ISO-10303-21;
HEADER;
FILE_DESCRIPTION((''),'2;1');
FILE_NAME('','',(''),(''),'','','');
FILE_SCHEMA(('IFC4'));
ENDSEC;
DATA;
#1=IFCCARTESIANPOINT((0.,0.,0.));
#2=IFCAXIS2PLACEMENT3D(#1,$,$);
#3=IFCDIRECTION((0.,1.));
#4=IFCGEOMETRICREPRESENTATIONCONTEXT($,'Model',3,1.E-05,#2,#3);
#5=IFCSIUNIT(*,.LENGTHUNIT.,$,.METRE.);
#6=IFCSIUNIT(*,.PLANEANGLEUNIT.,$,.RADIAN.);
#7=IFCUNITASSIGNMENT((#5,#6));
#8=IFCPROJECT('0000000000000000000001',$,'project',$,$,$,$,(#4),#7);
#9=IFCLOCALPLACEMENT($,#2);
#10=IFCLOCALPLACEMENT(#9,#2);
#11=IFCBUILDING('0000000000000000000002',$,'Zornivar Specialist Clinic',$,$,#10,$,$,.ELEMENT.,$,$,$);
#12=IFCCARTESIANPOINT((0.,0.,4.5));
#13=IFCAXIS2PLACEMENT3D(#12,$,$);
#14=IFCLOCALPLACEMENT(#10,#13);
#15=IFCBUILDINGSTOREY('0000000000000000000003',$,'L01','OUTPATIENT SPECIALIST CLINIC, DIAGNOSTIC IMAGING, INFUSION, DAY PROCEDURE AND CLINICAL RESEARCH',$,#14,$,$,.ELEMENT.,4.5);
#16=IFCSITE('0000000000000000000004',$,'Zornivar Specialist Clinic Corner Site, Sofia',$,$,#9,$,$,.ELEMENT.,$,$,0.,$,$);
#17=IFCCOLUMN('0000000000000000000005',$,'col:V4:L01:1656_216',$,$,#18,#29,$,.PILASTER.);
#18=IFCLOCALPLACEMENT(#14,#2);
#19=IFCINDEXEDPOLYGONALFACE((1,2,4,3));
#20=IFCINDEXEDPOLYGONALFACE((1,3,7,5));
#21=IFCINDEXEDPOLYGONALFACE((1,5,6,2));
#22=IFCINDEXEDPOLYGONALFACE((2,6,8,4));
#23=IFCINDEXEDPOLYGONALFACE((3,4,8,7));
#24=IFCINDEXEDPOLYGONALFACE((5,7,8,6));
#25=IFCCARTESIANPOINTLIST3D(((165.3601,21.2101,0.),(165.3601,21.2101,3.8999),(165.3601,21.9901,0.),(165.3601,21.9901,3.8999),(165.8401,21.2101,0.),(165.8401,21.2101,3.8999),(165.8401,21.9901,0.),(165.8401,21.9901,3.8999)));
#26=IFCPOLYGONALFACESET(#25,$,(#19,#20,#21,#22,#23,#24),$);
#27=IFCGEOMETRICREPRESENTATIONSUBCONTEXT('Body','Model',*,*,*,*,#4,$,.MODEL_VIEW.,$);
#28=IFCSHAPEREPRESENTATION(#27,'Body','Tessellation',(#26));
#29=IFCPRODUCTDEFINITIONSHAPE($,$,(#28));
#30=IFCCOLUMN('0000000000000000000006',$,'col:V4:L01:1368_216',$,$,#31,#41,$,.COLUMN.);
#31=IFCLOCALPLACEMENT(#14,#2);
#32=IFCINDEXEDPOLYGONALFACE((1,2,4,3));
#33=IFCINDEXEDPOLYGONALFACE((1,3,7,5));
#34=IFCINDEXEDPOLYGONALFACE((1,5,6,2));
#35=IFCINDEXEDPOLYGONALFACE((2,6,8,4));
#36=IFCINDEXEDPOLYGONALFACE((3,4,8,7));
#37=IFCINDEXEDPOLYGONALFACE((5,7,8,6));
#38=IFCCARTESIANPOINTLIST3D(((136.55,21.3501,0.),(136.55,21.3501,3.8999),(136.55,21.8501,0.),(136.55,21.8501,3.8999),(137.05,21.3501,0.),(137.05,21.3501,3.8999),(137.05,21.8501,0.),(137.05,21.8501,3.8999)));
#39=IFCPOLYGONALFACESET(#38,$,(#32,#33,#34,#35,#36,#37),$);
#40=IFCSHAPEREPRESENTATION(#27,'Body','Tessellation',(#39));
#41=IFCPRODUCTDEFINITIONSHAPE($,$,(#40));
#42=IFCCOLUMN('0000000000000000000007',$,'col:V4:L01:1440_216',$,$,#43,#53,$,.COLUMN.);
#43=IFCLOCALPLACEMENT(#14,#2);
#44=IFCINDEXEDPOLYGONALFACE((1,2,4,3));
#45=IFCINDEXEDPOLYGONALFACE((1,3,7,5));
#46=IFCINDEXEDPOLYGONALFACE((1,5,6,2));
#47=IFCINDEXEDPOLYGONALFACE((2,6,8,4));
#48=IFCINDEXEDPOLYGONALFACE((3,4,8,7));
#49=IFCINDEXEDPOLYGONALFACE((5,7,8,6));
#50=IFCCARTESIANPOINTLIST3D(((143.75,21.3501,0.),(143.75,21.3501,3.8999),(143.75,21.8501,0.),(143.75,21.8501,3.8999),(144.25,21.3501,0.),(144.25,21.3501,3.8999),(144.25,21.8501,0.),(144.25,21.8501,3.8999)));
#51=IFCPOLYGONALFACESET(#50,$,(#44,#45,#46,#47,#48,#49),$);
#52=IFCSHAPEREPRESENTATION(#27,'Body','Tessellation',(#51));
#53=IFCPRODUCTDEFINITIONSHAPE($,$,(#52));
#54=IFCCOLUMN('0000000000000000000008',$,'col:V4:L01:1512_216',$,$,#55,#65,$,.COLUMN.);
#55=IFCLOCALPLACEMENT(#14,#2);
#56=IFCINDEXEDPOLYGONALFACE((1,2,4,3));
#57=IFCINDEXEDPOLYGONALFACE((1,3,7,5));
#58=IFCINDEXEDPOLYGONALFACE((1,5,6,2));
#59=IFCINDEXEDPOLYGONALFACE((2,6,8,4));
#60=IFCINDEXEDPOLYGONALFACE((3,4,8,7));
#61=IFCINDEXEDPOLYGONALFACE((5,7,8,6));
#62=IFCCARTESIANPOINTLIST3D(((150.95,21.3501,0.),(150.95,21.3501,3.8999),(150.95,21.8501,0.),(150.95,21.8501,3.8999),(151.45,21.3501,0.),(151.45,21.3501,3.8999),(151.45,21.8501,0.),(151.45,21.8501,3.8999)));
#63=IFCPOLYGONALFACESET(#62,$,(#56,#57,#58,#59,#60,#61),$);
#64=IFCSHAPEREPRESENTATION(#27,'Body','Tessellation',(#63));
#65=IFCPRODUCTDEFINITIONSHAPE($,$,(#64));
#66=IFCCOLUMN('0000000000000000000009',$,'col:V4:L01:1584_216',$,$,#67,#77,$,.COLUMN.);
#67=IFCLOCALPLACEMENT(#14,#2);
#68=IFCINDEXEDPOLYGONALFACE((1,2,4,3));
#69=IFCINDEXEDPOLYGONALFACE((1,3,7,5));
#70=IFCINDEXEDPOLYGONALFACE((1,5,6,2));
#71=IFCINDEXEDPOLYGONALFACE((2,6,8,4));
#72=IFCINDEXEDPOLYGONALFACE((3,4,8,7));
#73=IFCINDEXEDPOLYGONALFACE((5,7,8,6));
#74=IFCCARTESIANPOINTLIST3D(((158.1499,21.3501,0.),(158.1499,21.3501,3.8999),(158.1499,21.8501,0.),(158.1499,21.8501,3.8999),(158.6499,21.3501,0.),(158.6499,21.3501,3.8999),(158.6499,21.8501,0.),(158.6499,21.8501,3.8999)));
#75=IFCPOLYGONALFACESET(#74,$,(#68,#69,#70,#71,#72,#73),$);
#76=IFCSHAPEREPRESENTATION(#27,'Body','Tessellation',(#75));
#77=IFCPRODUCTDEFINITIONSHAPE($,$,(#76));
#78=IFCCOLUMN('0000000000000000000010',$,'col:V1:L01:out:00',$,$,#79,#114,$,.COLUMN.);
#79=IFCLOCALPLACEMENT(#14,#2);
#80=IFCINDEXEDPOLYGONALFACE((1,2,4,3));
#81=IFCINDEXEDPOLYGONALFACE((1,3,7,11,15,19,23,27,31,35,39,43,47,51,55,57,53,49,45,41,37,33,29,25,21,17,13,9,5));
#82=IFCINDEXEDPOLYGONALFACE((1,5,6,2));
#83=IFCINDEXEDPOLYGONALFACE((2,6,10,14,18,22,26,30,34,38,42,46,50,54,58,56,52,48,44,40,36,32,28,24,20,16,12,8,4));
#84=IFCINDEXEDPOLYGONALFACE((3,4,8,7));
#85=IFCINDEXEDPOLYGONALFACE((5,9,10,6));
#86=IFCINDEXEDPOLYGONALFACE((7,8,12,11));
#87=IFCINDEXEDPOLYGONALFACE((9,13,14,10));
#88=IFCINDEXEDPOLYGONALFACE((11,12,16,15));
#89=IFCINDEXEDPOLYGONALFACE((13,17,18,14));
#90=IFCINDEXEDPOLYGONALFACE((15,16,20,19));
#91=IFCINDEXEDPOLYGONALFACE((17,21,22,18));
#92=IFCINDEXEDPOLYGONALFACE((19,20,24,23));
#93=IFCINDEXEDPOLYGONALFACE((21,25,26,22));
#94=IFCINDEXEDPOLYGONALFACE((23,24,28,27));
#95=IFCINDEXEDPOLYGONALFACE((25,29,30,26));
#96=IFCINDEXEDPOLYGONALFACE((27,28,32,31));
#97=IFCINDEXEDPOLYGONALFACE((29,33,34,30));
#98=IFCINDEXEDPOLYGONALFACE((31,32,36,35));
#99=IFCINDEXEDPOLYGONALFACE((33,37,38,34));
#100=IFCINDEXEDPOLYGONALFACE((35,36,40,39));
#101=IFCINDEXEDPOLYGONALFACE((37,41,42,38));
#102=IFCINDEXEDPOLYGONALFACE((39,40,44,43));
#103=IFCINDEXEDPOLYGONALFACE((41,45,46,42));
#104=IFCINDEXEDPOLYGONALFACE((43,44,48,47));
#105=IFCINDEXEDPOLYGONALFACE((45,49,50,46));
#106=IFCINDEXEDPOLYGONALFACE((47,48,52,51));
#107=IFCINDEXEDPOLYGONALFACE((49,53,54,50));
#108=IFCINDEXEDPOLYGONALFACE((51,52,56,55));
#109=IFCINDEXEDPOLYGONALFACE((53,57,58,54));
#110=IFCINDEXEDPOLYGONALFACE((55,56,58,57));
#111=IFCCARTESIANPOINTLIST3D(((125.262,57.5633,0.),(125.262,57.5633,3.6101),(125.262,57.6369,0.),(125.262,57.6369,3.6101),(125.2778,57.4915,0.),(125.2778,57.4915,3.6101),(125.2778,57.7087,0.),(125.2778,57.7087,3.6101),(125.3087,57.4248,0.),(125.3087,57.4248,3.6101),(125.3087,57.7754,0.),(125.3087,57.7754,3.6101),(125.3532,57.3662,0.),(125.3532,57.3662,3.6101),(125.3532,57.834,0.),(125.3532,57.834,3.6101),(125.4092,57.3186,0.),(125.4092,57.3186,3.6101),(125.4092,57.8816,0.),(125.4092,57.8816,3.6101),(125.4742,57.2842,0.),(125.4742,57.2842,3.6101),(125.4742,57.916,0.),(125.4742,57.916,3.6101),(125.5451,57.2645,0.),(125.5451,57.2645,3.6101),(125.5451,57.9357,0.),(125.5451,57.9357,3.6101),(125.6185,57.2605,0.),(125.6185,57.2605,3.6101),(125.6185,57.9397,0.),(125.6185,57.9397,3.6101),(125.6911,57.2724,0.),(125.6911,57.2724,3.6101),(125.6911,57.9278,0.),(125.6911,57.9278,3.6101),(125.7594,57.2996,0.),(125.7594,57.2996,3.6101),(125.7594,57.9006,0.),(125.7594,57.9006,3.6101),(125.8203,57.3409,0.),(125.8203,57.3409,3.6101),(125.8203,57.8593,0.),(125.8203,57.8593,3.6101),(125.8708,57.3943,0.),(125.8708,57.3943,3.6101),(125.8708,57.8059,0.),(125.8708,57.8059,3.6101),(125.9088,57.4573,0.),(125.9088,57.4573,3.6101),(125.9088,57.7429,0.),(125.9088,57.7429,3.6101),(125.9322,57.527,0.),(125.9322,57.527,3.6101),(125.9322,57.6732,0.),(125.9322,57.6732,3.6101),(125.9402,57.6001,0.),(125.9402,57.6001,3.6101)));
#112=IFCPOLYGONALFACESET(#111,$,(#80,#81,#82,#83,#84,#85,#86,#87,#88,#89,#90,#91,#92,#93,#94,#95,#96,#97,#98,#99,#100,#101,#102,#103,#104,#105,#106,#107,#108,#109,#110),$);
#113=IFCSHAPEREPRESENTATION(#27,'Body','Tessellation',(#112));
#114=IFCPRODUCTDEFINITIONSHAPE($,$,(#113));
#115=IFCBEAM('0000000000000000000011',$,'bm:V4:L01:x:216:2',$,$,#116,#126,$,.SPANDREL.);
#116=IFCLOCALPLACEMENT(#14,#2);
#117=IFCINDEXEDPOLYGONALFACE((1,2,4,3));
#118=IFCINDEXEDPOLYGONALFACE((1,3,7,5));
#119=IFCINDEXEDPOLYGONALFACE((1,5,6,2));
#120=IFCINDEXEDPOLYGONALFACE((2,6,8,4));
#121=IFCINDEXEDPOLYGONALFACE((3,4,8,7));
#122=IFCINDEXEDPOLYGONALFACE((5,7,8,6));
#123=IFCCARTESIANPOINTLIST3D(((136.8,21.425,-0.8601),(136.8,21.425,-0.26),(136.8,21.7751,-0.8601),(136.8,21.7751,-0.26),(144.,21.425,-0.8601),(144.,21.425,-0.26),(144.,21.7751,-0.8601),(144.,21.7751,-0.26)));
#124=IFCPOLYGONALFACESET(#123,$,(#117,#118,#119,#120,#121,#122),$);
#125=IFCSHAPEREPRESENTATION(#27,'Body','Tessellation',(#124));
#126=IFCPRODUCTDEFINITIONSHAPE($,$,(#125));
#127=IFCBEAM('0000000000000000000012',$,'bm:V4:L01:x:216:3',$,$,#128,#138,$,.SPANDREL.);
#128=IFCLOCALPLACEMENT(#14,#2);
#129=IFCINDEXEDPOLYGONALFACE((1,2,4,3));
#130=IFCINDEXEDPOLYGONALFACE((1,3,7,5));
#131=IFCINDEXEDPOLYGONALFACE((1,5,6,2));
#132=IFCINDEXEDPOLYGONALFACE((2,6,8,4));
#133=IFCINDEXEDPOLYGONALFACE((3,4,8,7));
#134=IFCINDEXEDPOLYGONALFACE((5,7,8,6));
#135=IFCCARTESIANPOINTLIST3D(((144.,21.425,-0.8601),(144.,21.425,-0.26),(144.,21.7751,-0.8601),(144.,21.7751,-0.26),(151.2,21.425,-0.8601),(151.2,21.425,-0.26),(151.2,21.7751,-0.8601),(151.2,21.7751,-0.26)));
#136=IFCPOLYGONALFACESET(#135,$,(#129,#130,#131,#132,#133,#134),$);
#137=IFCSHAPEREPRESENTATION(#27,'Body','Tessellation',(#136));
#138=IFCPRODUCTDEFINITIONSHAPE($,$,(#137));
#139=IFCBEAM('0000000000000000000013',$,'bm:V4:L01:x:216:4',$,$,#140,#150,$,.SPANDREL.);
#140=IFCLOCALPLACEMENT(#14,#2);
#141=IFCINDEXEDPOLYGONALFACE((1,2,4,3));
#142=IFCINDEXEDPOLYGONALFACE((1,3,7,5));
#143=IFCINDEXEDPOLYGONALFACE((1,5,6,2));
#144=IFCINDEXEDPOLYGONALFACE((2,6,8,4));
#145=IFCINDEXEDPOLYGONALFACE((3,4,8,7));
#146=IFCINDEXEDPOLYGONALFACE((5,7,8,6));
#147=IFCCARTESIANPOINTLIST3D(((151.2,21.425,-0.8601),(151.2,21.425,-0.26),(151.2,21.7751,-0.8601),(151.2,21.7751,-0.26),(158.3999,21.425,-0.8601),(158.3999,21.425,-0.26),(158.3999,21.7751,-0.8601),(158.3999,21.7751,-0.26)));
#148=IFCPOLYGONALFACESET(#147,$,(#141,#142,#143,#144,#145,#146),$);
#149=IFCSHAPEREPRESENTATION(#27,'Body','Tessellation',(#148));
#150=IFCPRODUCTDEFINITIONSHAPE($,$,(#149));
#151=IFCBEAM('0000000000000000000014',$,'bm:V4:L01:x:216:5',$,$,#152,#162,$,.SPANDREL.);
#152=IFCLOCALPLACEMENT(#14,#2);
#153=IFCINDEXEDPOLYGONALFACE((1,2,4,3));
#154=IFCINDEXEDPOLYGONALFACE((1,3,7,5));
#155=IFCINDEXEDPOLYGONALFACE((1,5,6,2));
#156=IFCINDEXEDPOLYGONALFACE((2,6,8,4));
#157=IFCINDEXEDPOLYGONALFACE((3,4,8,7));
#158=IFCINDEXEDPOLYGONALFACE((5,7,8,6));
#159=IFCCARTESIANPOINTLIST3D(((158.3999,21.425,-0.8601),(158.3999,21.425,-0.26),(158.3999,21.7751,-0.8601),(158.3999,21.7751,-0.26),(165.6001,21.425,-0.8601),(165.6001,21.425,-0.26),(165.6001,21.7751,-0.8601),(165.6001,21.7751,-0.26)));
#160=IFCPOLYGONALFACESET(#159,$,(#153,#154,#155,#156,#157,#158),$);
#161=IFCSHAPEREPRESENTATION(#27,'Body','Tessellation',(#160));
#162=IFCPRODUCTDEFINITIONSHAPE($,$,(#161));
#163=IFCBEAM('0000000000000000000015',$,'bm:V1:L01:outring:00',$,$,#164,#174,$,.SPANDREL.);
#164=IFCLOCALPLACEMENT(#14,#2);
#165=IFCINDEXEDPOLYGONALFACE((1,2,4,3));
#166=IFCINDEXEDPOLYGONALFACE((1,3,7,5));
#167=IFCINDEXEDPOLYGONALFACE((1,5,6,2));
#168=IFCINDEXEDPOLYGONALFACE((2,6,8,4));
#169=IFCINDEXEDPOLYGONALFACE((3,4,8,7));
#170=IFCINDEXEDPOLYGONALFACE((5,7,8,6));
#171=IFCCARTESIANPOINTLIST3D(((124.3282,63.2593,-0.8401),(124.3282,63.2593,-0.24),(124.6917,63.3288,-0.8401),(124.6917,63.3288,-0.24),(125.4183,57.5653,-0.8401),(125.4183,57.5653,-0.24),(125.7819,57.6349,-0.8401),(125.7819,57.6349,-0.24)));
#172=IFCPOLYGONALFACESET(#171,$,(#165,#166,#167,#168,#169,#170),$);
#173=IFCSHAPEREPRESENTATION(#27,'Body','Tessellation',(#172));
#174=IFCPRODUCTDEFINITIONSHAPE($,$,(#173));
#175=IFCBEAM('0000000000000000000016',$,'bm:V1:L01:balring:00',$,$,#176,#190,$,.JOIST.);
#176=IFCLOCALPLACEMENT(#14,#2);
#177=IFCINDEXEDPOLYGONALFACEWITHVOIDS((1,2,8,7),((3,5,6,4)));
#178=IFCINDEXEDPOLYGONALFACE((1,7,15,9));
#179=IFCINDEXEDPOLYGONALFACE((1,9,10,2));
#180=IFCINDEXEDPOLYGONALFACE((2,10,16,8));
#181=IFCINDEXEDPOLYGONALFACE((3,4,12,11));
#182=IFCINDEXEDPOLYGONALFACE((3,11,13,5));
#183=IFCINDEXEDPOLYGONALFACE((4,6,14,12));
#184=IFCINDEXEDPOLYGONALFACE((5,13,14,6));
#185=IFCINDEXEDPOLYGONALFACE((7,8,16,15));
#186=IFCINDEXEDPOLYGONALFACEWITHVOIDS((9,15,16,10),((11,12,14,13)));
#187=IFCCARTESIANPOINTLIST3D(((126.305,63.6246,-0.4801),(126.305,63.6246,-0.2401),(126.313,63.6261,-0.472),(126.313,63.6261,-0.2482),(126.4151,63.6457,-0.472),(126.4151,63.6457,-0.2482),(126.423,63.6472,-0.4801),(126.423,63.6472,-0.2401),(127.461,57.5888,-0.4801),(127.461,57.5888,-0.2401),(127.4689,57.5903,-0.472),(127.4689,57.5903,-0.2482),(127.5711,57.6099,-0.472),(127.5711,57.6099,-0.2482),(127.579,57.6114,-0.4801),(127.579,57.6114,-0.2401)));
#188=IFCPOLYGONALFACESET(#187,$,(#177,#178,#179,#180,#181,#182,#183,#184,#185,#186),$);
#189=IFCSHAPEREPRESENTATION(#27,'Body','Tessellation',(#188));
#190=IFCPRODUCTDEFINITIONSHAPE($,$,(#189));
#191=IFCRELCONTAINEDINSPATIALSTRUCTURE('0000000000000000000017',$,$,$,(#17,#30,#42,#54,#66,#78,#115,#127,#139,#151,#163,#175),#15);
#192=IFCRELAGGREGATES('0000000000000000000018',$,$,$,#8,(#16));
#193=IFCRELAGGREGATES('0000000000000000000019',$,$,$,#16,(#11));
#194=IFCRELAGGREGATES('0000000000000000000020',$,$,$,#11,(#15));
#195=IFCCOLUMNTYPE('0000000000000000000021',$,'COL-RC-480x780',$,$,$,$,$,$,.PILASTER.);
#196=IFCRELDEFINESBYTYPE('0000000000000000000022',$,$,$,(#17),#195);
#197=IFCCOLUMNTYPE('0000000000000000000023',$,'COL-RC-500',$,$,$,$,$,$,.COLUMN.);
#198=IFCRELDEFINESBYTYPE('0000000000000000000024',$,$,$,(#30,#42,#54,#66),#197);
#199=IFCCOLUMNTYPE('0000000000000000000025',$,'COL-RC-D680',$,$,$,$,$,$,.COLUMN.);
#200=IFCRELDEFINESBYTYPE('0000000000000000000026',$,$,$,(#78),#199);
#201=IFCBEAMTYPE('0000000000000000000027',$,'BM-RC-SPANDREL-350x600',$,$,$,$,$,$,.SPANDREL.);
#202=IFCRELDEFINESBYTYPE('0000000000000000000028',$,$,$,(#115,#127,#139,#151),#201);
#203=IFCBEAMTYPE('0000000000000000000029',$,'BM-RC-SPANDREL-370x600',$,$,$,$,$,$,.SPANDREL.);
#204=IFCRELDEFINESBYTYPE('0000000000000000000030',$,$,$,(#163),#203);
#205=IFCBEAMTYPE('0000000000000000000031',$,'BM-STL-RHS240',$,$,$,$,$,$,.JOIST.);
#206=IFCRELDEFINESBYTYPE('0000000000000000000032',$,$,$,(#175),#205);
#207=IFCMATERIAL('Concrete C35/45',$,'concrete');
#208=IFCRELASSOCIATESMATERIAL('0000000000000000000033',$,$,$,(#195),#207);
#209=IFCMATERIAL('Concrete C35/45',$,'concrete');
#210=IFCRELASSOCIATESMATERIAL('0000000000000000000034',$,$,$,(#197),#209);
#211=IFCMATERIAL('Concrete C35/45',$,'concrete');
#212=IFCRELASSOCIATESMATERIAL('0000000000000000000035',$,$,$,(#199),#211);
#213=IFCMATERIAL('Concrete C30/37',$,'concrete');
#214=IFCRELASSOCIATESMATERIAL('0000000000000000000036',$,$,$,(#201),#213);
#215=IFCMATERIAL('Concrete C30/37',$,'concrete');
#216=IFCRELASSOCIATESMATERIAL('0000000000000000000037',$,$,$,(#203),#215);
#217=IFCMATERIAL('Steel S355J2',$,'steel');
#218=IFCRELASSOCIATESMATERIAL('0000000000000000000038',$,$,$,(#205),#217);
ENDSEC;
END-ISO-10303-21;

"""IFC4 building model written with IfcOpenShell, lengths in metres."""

from ifc_helpers import new_model, si_unit, direction, frame, origin, origin_2d, place, context, subcontext, project, spatial, rectangle, hollow_rectangle, circle, extrude, material, material_profile, profile_set, type_object, element, save


model = new_model("IFC4")

# Units and contexts
model_context = context("Model", 3, precision=1e-05, world=origin(), true_north=direction((0.0, 1.0)))
body_context = subcontext(model_context, "Body", "Model", "MODEL_VIEW")
ifc_project = project(units=[si_unit("LENGTHUNIT", "METRE"), si_unit("PLANEANGLEUNIT", "RADIAN")], contexts=[model_context])

# Site, building, storey
site_placement = place(None, origin())
site = spatial("IfcSite", under=ifc_project, at=site_placement, Name="Zornivar Specialist Clinic Corner Site, Sofia", CompositionType="ELEMENT", RefElevation=0.0)
building_placement = place(site_placement, origin())
building = spatial("IfcBuilding", under=site, at=building_placement, Name="Zornivar Specialist Clinic", CompositionType="ELEMENT")
storey_placement = place(building_placement, frame((0.0, 0.0, 4.5)))
storey = spatial("IfcBuildingStorey", under=building, at=storey_placement, Name="L01", Description="OUTPATIENT SPECIALIST CLINIC, DIAGNOSTIC IMAGING, INFUSION, DAY PROCEDURE AND CLINICAL RESEARCH", CompositionType="ELEMENT", Elevation=4.5)

# Columns
ifc_material_1 = material(Name="Concrete C35/45", Category="concrete")
ifc_material_profile_1 = material_profile(ifc_material_1, rectangle(XDim=0.48, YDim=0.78, at=origin_2d()), Name="RC 480x780")
ifc_profile_set_1 = profile_set([ifc_material_profile_1], Name="Concrete C35/45")
column_type_1 = type_object("IfcColumnType", Name="COL-RC-480x780", PredefinedType="PILASTER", material=ifc_profile_set_1)
column_1_placement = place(storey_placement, frame((165.6001, 21.6001, 0.0), z_axis=(0.0, 0.0, 1.0), x_axis=(1.0, 0.0, 0.0)))
element("IfcColumn", 1, at=column_1_placement, inside=storey, type_object=column_type_1, Name="col:V4:L01:1656_216", PredefinedType="PILASTER", context=body_context, shape_type="SweptSolid", body=[
    extrude(rectangle(XDim=0.48, YDim=0.78, at=origin_2d()), origin(), (0.0, 0.0, 1.0), 3.8999),
])
ifc_material_2 = material(Name="Concrete C35/45", Category="concrete")
ifc_material_profile_2 = material_profile(ifc_material_2, rectangle(XDim=0.5, YDim=0.5, at=origin_2d()), Name="RC 500x500")
ifc_profile_set_2 = profile_set([ifc_material_profile_2], Name="Concrete C35/45")
column_type_2 = type_object("IfcColumnType", Name="COL-RC-500", PredefinedType="COLUMN", material=ifc_profile_set_2)
for number, where, z_axis, x_axis, name in (
    (2, (136.8, 21.6001, 0.0), (0.0, 0.0, 1.0), (1.0, 0.0, 0.0), "col:V4:L01:1368_216"),
    (3, (144.0, 21.6001, 0.0), (0.0, 0.0, 1.0), (1.0, 0.0, 0.0), "col:V4:L01:1440_216"),
    (4, (151.2, 21.6001, 0.0), (0.0, 0.0, 1.0), (1.0, 0.0, 0.0), "col:V4:L01:1512_216"),
    (5, (158.3999, 21.6001, 0.0), (0.0, 0.0, 1.0), (1.0, 0.0, 0.0), "col:V4:L01:1584_216"),
):
    element("IfcColumn", number, at=place(storey_placement, frame(where, z_axis=z_axis, x_axis=x_axis)), inside=storey, type_object=column_type_2, Name=name, PredefinedType="COLUMN", context=body_context, shape_type="SweptSolid", body=[
        extrude(rectangle(XDim=0.5, YDim=0.5, at=origin_2d()), origin(), (0.0, 0.0, 1.0), 3.8999),
    ])
ifc_material_3 = material(Name="Concrete C35/45", Category="concrete")
ifc_material_profile_3 = material_profile(ifc_material_3, circle(Radius=0.3401, at=origin_2d()), Name="RC D680")
ifc_profile_set_3 = profile_set([ifc_material_profile_3], Name="Concrete C35/45")
column_type_3 = type_object("IfcColumnType", Name="COL-RC-D680", PredefinedType="COLUMN", material=ifc_profile_set_3)
column_2_placement = place(storey_placement, frame((125.6001, 57.6001, 0.0), z_axis=(0.0, 0.0, 1.0), x_axis=(1.0, 0.0, 0.0)))
element("IfcColumn", 6, at=column_2_placement, inside=storey, type_object=column_type_3, Name="col:V1:L01:out:00", PredefinedType="COLUMN", context=body_context, shape_type="SweptSolid", body=[
    extrude(circle(Radius=0.3401, at=origin_2d()), origin(), (0.0, 0.0, 1.0), 3.6101),
])

# Beams
ifc_material_4 = material(Name="Concrete C30/37", Category="concrete")
ifc_material_profile_4 = material_profile(ifc_material_4, rectangle(XDim=0.3501, YDim=0.6001, at=origin_2d()), Name="RC 350x600")
ifc_profile_set_4 = profile_set([ifc_material_profile_4], Name="Concrete C30/37")
beam_type_1 = type_object("IfcBeamType", Name="BM-RC-SPANDREL-350x600", PredefinedType="SPANDREL", material=ifc_profile_set_4)
for number, where, z_axis, x_axis, name in (
    (7, (136.8, 21.6001, -0.5601), (1.0, 0.0, 0.0), (0.0, 1.0, 0.0), "bm:V4:L01:x:216:2"),
    (8, (144.0, 21.6001, -0.5601), (1.0, 0.0, 0.0), (0.0, 1.0, 0.0), "bm:V4:L01:x:216:3"),
    (9, (151.2, 21.6001, -0.5601), (1.0, 0.0, 0.0), (0.0, 1.0, 0.0), "bm:V4:L01:x:216:4"),
):
    element("IfcBeam", number, at=place(storey_placement, frame(where, z_axis=z_axis, x_axis=x_axis)), inside=storey, type_object=beam_type_1, Name=name, PredefinedType="SPANDREL", context=body_context, shape_type="SweptSolid", body=[
        extrude(rectangle(XDim=0.3501, YDim=0.6001, at=origin_2d()), origin(), (0.0, 0.0, 1.0), 7.2),
    ])
beam_1_placement = place(storey_placement, frame((158.3999, 21.6001, -0.5601), z_axis=(1.0, 0.0, 0.0), x_axis=(0.0, 1.0, 0.0)))
element("IfcBeam", 10, at=beam_1_placement, inside=storey, type_object=beam_type_1, Name="bm:V4:L01:x:216:5", PredefinedType="SPANDREL", context=body_context, shape_type="SweptSolid", body=[
    extrude(rectangle(XDim=0.3501, YDim=0.6001, at=origin_2d()), origin(), (0.0, 0.0, 1.0), 7.2002),
])
ifc_material_5 = material(Name="Concrete C30/37", Category="concrete")
ifc_material_profile_5 = material_profile(ifc_material_5, rectangle(XDim=0.3701, YDim=0.6001, at=origin_2d()), Name="RC 370x600")
ifc_profile_set_5 = profile_set([ifc_material_profile_5], Name="Concrete C30/37")
beam_type_2 = type_object("IfcBeamType", Name="BM-RC-SPANDREL-370x600", PredefinedType="SPANDREL", material=ifc_profile_set_5)
beam_2_placement = place(storey_placement, frame((125.6001, 57.6001, -0.54), z_axis=(-0.188035, 0.982162, 0.0), x_axis=(-0.982162, -0.188035, 0.0)))
element("IfcBeam", 11, at=beam_2_placement, inside=storey, type_object=beam_type_2, Name="bm:V1:L01:outring:00", PredefinedType="SPANDREL", context=body_context, shape_type="SweptSolid", body=[
    extrude(rectangle(XDim=0.3701, YDim=0.6001, at=origin_2d()), origin(), (0.0, 0.0, 1.0), 5.7974),
])
ifc_material_6 = material(Name="Steel S355J2", Category="steel")
ifc_material_profile_6 = material_profile(ifc_material_6, hollow_rectangle(XDim=0.1201, YDim=0.24, WallThickness=0.0081, at=origin_2d()), Name="RHS 240x120x8")
ifc_profile_set_6 = profile_set([ifc_material_profile_6], Name="Steel S355J2")
beam_type_3 = type_object("IfcBeamType", Name="BM-STL-RHS240", PredefinedType="JOIST", material=ifc_profile_set_6)
beam_3_placement = place(storey_placement, frame((127.52, 57.6001, -0.3601), z_axis=(-0.188103, 0.982149, 0.0), x_axis=(-0.982149, -0.188103, 0.0)))
element("IfcBeam", 12, at=beam_3_placement, inside=storey, type_object=beam_type_3, Name="bm:V1:L01:balring:00", PredefinedType="JOIST", context=body_context, shape_type="SweptSolid", body=[
    extrude(hollow_rectangle(XDim=0.1201, YDim=0.24, WallThickness=0.0081, at=origin_2d()), origin(), (0.0, 0.0, 1.0), 6.1455),
])

save(model, "model.ifc")
